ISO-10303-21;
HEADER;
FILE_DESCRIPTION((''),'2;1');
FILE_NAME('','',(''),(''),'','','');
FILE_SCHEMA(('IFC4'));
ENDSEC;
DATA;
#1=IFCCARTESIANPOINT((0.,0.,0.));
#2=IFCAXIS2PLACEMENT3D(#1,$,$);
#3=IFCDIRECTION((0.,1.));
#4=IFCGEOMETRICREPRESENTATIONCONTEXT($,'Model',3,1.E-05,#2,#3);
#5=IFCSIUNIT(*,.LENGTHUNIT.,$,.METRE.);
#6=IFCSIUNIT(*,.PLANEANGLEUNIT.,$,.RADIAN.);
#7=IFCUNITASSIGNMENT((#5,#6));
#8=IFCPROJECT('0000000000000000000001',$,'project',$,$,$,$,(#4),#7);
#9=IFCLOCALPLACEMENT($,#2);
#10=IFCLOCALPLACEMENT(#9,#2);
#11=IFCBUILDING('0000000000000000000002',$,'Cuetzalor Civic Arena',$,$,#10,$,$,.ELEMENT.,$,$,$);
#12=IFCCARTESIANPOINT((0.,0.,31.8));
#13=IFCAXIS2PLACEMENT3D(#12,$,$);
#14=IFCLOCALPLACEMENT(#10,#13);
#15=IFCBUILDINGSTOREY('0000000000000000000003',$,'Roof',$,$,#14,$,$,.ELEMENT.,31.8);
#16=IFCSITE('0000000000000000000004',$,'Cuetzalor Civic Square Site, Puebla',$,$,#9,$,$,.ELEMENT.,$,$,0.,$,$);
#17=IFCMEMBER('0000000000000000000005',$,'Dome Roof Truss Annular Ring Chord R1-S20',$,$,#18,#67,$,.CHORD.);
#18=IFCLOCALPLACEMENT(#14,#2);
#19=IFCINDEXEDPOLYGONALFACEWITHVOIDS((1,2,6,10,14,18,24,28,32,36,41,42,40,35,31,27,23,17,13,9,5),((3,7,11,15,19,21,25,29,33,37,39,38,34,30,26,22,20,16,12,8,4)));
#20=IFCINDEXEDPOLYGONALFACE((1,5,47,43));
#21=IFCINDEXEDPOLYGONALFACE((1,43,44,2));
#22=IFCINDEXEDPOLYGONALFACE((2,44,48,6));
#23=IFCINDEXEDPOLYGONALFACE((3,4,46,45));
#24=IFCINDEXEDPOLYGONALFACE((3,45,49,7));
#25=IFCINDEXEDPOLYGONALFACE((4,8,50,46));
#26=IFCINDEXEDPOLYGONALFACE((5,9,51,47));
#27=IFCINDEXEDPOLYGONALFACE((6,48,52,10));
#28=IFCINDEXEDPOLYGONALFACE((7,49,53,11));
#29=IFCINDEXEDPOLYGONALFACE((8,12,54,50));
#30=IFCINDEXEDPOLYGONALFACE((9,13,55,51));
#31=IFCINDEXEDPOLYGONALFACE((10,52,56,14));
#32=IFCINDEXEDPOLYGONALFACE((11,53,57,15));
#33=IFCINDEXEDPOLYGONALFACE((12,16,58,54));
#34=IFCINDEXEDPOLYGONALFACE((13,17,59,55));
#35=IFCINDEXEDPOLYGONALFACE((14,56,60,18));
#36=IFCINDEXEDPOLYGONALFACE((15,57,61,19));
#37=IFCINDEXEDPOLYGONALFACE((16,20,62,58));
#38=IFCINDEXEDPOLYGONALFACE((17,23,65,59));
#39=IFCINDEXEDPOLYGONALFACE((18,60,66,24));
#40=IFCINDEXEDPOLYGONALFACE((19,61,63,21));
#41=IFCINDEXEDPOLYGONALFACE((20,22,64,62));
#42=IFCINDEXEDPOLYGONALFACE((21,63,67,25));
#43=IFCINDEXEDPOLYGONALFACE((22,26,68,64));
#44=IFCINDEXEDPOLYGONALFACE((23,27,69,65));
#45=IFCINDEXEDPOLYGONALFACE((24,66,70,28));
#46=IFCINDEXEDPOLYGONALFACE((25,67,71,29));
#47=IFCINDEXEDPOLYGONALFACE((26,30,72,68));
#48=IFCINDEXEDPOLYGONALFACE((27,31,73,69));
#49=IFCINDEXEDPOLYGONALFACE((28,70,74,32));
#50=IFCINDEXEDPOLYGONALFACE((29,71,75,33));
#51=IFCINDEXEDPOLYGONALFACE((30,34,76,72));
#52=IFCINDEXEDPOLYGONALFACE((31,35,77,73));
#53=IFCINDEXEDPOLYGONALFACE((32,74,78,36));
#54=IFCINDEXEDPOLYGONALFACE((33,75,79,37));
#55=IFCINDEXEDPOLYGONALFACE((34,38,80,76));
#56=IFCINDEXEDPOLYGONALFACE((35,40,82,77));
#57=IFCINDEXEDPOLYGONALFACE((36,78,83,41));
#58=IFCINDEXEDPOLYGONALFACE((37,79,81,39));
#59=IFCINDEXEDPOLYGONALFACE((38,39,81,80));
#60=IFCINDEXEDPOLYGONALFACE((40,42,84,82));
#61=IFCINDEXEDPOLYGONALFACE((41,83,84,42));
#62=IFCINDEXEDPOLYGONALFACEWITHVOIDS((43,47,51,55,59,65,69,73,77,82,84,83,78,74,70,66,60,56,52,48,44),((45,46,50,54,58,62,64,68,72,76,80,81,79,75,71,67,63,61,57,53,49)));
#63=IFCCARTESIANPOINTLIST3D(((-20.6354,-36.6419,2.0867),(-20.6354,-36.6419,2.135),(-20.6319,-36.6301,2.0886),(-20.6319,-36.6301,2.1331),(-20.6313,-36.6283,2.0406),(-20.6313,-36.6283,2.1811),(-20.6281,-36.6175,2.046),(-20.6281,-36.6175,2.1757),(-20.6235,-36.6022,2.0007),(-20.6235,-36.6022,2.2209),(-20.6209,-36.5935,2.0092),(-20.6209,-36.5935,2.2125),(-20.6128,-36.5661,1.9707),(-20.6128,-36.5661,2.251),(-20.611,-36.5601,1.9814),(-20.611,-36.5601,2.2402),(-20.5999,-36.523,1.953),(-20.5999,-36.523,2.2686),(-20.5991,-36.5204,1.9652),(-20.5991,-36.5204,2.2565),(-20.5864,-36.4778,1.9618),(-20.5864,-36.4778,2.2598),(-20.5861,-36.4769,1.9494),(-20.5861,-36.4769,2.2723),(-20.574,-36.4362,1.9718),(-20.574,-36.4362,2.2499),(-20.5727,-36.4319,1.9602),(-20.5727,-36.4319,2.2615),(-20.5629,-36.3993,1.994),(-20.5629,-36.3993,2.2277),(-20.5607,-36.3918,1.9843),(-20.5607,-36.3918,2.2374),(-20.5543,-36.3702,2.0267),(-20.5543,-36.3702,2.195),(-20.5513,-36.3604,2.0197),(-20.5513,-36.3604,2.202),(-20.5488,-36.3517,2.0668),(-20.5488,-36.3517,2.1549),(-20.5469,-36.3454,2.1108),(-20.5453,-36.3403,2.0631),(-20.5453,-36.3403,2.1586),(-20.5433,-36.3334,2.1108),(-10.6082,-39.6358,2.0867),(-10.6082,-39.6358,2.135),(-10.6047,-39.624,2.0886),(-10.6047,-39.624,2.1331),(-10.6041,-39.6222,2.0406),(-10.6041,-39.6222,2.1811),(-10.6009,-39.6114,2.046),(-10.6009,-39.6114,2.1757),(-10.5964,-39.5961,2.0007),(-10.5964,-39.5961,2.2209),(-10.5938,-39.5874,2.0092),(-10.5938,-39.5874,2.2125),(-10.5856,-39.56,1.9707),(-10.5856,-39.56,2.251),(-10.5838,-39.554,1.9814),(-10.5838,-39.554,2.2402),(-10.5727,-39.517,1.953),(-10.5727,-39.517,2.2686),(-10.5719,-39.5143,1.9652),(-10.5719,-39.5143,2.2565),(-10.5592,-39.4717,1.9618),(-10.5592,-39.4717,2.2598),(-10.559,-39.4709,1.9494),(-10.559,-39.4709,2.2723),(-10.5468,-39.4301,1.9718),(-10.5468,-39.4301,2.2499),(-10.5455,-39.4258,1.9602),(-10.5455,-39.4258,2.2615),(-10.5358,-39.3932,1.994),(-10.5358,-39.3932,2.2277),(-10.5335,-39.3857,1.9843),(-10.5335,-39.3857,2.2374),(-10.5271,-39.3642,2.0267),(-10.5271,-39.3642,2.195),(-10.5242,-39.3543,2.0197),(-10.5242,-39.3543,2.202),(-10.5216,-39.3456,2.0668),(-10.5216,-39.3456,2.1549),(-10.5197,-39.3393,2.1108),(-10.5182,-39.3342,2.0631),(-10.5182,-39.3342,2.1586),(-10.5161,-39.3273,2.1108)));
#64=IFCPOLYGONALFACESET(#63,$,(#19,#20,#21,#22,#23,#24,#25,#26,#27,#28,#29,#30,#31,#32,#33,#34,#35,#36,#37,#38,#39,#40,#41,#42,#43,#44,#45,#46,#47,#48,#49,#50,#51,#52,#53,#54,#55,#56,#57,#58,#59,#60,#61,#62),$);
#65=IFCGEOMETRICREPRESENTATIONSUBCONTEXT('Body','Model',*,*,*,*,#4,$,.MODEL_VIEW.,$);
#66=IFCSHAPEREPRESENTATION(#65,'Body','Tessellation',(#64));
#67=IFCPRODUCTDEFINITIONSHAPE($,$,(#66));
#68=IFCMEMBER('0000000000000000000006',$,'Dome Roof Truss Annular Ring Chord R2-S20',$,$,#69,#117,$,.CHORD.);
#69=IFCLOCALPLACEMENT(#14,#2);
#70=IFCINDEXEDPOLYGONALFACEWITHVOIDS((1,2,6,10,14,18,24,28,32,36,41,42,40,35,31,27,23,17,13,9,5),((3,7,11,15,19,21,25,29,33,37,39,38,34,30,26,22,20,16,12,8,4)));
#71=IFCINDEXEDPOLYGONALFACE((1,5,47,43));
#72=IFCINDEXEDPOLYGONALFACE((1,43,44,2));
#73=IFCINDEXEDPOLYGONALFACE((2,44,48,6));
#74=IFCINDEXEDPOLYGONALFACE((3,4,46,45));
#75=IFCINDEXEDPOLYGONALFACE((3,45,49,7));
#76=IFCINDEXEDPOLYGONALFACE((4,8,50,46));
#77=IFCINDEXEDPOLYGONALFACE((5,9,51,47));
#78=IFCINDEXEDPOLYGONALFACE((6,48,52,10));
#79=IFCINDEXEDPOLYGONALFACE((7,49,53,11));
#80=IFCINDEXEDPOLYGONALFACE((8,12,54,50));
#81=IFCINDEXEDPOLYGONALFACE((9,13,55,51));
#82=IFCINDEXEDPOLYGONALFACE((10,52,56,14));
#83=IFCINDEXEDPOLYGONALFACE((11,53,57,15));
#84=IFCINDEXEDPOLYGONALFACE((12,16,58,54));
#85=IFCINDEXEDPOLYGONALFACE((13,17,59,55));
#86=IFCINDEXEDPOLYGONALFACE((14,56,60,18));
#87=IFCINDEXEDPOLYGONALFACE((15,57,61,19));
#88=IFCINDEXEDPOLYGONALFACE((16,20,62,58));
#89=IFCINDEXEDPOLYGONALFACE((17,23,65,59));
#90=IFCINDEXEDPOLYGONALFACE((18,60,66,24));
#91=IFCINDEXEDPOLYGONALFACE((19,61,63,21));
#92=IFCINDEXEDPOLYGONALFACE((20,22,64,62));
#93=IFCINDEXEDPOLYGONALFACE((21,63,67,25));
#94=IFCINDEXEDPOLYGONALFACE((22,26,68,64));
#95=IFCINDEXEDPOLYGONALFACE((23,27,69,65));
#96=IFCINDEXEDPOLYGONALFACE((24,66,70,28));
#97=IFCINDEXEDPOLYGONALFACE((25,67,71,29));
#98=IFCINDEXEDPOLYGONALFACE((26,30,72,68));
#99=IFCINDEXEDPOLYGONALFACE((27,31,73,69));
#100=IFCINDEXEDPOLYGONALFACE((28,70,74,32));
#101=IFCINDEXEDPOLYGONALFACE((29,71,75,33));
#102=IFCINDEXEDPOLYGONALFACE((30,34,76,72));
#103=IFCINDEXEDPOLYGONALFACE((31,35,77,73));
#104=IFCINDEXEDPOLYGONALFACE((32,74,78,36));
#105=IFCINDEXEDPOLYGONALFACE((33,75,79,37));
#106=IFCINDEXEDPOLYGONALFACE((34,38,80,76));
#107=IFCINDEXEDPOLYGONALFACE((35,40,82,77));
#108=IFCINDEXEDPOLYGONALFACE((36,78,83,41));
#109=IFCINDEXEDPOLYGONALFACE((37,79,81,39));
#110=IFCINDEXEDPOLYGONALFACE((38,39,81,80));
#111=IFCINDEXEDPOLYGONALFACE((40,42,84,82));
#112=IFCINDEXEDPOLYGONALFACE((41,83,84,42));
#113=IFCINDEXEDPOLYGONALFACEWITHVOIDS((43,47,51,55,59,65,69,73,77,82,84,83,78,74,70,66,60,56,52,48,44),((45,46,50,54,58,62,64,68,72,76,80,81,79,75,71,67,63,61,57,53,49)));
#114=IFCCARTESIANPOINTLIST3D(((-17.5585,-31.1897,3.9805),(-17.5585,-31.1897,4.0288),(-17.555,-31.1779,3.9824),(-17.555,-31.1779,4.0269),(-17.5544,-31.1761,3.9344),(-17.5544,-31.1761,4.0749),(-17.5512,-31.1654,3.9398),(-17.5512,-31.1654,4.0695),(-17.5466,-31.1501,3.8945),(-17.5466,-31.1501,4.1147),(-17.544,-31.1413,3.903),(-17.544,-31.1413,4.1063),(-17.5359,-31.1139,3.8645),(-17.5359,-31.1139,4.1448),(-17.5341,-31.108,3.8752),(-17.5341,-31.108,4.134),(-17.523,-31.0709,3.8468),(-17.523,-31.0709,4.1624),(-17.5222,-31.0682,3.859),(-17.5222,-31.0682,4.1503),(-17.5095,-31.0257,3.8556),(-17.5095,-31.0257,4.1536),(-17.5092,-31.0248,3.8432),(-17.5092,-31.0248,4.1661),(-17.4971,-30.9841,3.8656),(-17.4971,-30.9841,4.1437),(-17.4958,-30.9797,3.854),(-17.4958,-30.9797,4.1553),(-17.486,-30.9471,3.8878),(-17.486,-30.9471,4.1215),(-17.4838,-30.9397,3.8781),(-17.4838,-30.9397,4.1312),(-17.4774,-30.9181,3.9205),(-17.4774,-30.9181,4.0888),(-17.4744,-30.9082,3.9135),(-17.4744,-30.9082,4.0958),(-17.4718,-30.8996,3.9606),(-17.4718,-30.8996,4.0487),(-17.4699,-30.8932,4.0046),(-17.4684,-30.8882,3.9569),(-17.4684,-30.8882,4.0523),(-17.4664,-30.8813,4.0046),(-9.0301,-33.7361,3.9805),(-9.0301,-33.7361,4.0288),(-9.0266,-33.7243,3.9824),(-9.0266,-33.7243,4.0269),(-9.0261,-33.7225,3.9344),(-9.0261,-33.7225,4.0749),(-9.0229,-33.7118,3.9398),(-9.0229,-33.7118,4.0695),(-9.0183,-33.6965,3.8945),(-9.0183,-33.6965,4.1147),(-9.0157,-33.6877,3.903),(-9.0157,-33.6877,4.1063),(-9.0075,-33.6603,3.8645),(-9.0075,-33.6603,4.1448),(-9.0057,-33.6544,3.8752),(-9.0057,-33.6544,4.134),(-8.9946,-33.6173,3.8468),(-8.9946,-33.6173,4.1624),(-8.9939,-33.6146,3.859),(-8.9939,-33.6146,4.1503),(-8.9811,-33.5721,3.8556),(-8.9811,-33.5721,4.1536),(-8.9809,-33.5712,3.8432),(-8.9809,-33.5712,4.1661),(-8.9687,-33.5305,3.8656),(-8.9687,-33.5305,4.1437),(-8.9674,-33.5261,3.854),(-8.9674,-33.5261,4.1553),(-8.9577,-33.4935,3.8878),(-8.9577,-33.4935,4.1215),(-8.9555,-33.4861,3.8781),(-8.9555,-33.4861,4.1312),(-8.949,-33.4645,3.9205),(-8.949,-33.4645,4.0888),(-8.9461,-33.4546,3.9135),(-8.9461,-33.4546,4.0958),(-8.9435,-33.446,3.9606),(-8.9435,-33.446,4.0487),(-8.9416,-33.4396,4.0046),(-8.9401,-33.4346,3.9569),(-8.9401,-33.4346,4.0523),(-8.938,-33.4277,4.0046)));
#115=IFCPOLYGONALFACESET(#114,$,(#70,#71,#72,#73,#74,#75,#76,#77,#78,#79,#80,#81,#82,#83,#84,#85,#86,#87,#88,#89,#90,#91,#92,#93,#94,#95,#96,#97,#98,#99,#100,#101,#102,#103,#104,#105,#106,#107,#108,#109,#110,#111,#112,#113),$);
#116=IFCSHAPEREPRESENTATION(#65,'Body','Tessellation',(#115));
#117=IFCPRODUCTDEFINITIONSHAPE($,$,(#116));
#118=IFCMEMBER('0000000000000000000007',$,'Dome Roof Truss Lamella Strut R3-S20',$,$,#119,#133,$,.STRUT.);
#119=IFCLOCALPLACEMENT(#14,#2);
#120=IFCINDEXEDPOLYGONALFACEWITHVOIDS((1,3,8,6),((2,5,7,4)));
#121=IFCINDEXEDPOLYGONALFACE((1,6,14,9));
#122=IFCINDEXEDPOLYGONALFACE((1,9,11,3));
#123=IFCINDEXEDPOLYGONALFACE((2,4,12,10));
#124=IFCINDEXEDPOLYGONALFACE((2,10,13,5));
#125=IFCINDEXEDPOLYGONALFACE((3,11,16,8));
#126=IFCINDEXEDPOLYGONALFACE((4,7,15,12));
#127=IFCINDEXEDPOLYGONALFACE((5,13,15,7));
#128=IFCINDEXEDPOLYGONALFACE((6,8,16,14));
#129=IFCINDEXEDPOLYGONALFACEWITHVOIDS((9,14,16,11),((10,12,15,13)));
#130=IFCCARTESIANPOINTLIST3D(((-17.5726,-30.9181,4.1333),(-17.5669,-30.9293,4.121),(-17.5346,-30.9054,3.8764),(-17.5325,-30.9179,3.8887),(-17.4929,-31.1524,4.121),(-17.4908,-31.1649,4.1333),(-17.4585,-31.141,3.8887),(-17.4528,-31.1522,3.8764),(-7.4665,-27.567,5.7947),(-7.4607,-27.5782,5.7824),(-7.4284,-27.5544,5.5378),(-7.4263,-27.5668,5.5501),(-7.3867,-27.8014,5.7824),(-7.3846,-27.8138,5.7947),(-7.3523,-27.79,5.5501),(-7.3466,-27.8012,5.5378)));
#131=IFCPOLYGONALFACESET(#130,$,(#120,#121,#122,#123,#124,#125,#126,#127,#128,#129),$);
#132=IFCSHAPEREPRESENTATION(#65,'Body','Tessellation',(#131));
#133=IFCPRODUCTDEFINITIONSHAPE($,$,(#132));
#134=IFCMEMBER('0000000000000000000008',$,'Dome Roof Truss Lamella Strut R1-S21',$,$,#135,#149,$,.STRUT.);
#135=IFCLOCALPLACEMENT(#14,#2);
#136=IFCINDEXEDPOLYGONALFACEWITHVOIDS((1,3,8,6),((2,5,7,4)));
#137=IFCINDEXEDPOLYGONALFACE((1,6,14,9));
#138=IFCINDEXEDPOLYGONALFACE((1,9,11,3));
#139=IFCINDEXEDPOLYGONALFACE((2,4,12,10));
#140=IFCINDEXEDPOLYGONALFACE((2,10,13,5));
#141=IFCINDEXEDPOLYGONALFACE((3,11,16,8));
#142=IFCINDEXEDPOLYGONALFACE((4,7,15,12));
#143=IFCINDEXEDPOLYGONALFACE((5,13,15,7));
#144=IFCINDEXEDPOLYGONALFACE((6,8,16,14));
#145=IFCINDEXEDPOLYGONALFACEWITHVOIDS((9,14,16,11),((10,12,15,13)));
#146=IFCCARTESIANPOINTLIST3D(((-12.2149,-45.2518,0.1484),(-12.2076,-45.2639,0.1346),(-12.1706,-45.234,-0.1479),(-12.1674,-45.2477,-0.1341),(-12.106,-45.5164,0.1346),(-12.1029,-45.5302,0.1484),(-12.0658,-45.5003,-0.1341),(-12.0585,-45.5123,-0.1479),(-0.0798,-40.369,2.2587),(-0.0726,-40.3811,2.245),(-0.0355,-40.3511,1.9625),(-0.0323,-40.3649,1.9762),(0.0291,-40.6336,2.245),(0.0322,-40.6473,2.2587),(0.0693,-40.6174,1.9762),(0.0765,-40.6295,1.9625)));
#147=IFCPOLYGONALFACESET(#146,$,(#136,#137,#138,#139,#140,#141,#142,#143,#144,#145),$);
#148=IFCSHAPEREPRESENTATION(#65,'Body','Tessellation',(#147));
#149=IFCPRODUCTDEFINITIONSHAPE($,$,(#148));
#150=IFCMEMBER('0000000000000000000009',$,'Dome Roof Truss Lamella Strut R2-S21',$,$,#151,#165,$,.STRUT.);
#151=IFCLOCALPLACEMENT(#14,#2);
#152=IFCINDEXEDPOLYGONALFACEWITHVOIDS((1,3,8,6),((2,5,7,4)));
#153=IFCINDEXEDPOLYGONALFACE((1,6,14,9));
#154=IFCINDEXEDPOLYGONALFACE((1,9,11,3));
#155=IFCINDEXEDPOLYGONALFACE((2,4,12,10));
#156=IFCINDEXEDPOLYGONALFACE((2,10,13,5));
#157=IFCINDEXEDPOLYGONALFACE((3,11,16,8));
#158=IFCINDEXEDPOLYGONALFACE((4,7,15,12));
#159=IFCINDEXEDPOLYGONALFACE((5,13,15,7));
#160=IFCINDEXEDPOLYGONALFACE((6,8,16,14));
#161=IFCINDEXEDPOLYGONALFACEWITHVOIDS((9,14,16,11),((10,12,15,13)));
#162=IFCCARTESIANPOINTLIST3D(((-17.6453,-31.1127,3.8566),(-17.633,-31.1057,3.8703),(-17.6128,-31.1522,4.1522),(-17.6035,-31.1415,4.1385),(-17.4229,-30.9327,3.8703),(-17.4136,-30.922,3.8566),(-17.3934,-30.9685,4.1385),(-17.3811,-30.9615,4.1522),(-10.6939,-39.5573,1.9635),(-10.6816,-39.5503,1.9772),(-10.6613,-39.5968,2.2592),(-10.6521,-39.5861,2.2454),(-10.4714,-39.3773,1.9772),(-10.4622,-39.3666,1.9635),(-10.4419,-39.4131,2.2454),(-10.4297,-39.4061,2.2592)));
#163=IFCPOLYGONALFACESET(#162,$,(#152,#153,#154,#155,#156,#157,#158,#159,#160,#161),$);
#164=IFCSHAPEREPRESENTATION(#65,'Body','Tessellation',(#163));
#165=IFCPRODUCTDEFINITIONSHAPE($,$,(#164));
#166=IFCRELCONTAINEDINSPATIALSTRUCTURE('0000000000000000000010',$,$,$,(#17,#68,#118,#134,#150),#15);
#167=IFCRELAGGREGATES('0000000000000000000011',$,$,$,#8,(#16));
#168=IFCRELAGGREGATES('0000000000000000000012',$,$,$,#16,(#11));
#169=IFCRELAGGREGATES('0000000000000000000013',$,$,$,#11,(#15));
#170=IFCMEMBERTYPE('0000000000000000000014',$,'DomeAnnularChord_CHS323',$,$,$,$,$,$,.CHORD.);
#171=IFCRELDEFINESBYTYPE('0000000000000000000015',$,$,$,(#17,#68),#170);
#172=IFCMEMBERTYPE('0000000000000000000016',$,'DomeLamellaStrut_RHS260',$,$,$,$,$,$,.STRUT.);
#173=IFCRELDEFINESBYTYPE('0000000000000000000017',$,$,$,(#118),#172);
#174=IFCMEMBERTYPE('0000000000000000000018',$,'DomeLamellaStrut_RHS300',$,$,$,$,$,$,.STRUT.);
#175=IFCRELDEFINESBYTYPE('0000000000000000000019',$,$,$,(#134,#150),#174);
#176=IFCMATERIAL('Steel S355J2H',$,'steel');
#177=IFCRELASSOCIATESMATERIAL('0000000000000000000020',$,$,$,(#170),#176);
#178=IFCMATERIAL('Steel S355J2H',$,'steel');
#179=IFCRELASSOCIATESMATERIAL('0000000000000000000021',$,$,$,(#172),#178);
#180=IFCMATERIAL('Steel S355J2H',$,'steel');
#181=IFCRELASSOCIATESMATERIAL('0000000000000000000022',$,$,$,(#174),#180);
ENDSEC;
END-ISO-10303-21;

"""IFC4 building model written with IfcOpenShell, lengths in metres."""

from ifc_helpers import new_model, si_unit, direction, frame, origin, origin_2d, place, context, subcontext, project, spatial, hollow_rectangle, hollow_circle, extrude, material, material_profile, profile_set, type_object, element, save


model = new_model("IFC4")

# Units and contexts
model_context = context("Model", 3, precision=1e-05, world=origin(), true_north=direction((0.0, 1.0)))
body_context = subcontext(model_context, "Body", "Model", "MODEL_VIEW")
ifc_project = project(units=[si_unit("LENGTHUNIT", "METRE"), si_unit("PLANEANGLEUNIT", "RADIAN")], contexts=[model_context])

# Site, building, storey
site_placement = place(None, origin())
site = spatial("IfcSite", under=ifc_project, at=site_placement, Name="Cuetzalor Civic Square Site, Puebla", CompositionType="ELEMENT", RefElevation=0.0)
building_placement = place(site_placement, origin())
building = spatial("IfcBuilding", under=site, at=building_placement, Name="Cuetzalor Civic Arena", CompositionType="ELEMENT")
storey_placement = place(building_placement, frame((0.0, 0.0, 31.8)))
storey = spatial("IfcBuildingStorey", under=building, at=storey_placement, Name="Roof", CompositionType="ELEMENT", Elevation=31.8)

# Members
ifc_material_1 = material(Name="Steel S355J2H", Category="steel")
ifc_material_profile_1 = material_profile(ifc_material_1, hollow_circle(Radius=0.1619, WallThickness=0.0125, at=origin_2d()), Name="CHS 323.9x12.5")
ifc_profile_set_1 = profile_set([ifc_material_profile_1], Name="Steel S355J2H")
member_type_1 = type_object("IfcMemberType", Name="DomeAnnularChord_CHS323", PredefinedType="CHORD", material=ifc_profile_set_1)
member_1_placement = place(storey_placement, frame((-20.5896, -36.4885, 2.1108), z_axis=(0.9582, -0.2861, 0.0), x_axis=(0.2861, 0.9582, 0.0)))
element("IfcMember", 1, at=member_1_placement, inside=storey, type_object=member_type_1, Name="Dome Roof Truss Annular Ring Chord R1-S20", PredefinedType="CHORD", context=body_context, shape_type="SweptSolid", body=[
    extrude(hollow_circle(Radius=0.1619, WallThickness=0.0125, at=origin_2d()), origin(), (0.0, 0.0, 1.0), 10.4646),
])
member_2_placement = place(storey_placement, frame((-17.5127, -31.0364, 4.0046), z_axis=(0.9582, -0.286099, 0.0), x_axis=(0.286099, 0.9582, 0.0)))
element("IfcMember", 2, at=member_2_placement, inside=storey, type_object=member_type_1, Name="Dome Roof Truss Annular Ring Chord R2-S20", PredefinedType="CHORD", context=body_context, shape_type="SweptSolid", body=[
    extrude(hollow_circle(Radius=0.1619, WallThickness=0.0125, at=origin_2d()), origin(), (0.0, 0.0, 1.0), 8.9004),
])
ifc_material_2 = material(Name="Steel S355J2H", Category="steel")
ifc_material_profile_2 = material_profile(ifc_material_2, hollow_rectangle(XDim=0.26, YDim=0.26, WallThickness=0.0125, at=origin_2d()), Name="RHS 260x260x12.5")
ifc_profile_set_2 = profile_set([ifc_material_profile_2], Name="Steel S355J2H")
member_type_2 = type_object("IfcMemberType", Name="DomeLamellaStrut_RHS260", PredefinedType="STRUT", material=ifc_profile_set_2)
member_3_placement = place(storey_placement, frame((-17.5127, -31.0352, 4.0049), z_axis=(0.937831, 0.310972, 0.154172), x_axis=(-0.314735, 0.94918, 0.0)))
element("IfcMember", 3, at=member_3_placement, inside=storey, type_object=member_type_2, Name="Dome Roof Truss Lamella Strut R3-S20", PredefinedType="STRUT", context=body_context, shape_type="SweptSolid", body=[
    extrude(hollow_rectangle(XDim=0.26, YDim=0.26, WallThickness=0.0125, at=origin_2d()), origin(), (0.0, 0.0, 1.0), 10.7761),
])
ifc_material_3 = material(Name="Steel S355J2H", Category="steel")
ifc_material_profile_3 = material_profile(ifc_material_3, hollow_rectangle(XDim=0.3, YDim=0.3, WallThickness=0.0139, at=origin_2d()), Name="RHS 300x300x14")
ifc_profile_set_3 = profile_set([ifc_material_profile_3], Name="Steel S355J2H")
member_type_3 = type_object("IfcMemberType", Name="DomeLamellaStrut_RHS300", PredefinedType="STRUT", material=ifc_profile_set_3)
member_4_placement = place(storey_placement, frame((-12.1367, -45.3821, 0.0002), z_axis=(0.915872, 0.368523, 0.159276), x_axis=(-0.373289, 0.927715, 0.0)))
element("IfcMember", 4, at=member_4_placement, inside=storey, type_object=member_type_3, Name="Dome Roof Truss Lamella Strut R1-S21", PredefinedType="STRUT", context=body_context, shape_type="SweptSolid", body=[
    extrude(hollow_rectangle(XDim=0.3, YDim=0.3, WallThickness=0.0139, at=origin_2d()), origin(), (0.0, 0.0, 1.0), 13.2498),
])
member_5_placement = place(storey_placement, frame((-10.5618, -39.4817, 2.1113), z_axis=(-0.626236, 0.760752, 0.170542), x_axis=(-0.772062, -0.635547, 0.0)))
element("IfcMember", 5, at=member_5_placement, inside=storey, type_object=member_type_3, Name="Dome Roof Truss Lamella Strut R2-S21", PredefinedType="STRUT", context=body_context, shape_type="SweptSolid", body=[
    extrude(hollow_rectangle(XDim=0.3, YDim=0.3, WallThickness=0.0139, at=origin_2d()), origin(), (0.0, 0.0, 1.0), 11.1003),
])

save(model, "model.ifc")
